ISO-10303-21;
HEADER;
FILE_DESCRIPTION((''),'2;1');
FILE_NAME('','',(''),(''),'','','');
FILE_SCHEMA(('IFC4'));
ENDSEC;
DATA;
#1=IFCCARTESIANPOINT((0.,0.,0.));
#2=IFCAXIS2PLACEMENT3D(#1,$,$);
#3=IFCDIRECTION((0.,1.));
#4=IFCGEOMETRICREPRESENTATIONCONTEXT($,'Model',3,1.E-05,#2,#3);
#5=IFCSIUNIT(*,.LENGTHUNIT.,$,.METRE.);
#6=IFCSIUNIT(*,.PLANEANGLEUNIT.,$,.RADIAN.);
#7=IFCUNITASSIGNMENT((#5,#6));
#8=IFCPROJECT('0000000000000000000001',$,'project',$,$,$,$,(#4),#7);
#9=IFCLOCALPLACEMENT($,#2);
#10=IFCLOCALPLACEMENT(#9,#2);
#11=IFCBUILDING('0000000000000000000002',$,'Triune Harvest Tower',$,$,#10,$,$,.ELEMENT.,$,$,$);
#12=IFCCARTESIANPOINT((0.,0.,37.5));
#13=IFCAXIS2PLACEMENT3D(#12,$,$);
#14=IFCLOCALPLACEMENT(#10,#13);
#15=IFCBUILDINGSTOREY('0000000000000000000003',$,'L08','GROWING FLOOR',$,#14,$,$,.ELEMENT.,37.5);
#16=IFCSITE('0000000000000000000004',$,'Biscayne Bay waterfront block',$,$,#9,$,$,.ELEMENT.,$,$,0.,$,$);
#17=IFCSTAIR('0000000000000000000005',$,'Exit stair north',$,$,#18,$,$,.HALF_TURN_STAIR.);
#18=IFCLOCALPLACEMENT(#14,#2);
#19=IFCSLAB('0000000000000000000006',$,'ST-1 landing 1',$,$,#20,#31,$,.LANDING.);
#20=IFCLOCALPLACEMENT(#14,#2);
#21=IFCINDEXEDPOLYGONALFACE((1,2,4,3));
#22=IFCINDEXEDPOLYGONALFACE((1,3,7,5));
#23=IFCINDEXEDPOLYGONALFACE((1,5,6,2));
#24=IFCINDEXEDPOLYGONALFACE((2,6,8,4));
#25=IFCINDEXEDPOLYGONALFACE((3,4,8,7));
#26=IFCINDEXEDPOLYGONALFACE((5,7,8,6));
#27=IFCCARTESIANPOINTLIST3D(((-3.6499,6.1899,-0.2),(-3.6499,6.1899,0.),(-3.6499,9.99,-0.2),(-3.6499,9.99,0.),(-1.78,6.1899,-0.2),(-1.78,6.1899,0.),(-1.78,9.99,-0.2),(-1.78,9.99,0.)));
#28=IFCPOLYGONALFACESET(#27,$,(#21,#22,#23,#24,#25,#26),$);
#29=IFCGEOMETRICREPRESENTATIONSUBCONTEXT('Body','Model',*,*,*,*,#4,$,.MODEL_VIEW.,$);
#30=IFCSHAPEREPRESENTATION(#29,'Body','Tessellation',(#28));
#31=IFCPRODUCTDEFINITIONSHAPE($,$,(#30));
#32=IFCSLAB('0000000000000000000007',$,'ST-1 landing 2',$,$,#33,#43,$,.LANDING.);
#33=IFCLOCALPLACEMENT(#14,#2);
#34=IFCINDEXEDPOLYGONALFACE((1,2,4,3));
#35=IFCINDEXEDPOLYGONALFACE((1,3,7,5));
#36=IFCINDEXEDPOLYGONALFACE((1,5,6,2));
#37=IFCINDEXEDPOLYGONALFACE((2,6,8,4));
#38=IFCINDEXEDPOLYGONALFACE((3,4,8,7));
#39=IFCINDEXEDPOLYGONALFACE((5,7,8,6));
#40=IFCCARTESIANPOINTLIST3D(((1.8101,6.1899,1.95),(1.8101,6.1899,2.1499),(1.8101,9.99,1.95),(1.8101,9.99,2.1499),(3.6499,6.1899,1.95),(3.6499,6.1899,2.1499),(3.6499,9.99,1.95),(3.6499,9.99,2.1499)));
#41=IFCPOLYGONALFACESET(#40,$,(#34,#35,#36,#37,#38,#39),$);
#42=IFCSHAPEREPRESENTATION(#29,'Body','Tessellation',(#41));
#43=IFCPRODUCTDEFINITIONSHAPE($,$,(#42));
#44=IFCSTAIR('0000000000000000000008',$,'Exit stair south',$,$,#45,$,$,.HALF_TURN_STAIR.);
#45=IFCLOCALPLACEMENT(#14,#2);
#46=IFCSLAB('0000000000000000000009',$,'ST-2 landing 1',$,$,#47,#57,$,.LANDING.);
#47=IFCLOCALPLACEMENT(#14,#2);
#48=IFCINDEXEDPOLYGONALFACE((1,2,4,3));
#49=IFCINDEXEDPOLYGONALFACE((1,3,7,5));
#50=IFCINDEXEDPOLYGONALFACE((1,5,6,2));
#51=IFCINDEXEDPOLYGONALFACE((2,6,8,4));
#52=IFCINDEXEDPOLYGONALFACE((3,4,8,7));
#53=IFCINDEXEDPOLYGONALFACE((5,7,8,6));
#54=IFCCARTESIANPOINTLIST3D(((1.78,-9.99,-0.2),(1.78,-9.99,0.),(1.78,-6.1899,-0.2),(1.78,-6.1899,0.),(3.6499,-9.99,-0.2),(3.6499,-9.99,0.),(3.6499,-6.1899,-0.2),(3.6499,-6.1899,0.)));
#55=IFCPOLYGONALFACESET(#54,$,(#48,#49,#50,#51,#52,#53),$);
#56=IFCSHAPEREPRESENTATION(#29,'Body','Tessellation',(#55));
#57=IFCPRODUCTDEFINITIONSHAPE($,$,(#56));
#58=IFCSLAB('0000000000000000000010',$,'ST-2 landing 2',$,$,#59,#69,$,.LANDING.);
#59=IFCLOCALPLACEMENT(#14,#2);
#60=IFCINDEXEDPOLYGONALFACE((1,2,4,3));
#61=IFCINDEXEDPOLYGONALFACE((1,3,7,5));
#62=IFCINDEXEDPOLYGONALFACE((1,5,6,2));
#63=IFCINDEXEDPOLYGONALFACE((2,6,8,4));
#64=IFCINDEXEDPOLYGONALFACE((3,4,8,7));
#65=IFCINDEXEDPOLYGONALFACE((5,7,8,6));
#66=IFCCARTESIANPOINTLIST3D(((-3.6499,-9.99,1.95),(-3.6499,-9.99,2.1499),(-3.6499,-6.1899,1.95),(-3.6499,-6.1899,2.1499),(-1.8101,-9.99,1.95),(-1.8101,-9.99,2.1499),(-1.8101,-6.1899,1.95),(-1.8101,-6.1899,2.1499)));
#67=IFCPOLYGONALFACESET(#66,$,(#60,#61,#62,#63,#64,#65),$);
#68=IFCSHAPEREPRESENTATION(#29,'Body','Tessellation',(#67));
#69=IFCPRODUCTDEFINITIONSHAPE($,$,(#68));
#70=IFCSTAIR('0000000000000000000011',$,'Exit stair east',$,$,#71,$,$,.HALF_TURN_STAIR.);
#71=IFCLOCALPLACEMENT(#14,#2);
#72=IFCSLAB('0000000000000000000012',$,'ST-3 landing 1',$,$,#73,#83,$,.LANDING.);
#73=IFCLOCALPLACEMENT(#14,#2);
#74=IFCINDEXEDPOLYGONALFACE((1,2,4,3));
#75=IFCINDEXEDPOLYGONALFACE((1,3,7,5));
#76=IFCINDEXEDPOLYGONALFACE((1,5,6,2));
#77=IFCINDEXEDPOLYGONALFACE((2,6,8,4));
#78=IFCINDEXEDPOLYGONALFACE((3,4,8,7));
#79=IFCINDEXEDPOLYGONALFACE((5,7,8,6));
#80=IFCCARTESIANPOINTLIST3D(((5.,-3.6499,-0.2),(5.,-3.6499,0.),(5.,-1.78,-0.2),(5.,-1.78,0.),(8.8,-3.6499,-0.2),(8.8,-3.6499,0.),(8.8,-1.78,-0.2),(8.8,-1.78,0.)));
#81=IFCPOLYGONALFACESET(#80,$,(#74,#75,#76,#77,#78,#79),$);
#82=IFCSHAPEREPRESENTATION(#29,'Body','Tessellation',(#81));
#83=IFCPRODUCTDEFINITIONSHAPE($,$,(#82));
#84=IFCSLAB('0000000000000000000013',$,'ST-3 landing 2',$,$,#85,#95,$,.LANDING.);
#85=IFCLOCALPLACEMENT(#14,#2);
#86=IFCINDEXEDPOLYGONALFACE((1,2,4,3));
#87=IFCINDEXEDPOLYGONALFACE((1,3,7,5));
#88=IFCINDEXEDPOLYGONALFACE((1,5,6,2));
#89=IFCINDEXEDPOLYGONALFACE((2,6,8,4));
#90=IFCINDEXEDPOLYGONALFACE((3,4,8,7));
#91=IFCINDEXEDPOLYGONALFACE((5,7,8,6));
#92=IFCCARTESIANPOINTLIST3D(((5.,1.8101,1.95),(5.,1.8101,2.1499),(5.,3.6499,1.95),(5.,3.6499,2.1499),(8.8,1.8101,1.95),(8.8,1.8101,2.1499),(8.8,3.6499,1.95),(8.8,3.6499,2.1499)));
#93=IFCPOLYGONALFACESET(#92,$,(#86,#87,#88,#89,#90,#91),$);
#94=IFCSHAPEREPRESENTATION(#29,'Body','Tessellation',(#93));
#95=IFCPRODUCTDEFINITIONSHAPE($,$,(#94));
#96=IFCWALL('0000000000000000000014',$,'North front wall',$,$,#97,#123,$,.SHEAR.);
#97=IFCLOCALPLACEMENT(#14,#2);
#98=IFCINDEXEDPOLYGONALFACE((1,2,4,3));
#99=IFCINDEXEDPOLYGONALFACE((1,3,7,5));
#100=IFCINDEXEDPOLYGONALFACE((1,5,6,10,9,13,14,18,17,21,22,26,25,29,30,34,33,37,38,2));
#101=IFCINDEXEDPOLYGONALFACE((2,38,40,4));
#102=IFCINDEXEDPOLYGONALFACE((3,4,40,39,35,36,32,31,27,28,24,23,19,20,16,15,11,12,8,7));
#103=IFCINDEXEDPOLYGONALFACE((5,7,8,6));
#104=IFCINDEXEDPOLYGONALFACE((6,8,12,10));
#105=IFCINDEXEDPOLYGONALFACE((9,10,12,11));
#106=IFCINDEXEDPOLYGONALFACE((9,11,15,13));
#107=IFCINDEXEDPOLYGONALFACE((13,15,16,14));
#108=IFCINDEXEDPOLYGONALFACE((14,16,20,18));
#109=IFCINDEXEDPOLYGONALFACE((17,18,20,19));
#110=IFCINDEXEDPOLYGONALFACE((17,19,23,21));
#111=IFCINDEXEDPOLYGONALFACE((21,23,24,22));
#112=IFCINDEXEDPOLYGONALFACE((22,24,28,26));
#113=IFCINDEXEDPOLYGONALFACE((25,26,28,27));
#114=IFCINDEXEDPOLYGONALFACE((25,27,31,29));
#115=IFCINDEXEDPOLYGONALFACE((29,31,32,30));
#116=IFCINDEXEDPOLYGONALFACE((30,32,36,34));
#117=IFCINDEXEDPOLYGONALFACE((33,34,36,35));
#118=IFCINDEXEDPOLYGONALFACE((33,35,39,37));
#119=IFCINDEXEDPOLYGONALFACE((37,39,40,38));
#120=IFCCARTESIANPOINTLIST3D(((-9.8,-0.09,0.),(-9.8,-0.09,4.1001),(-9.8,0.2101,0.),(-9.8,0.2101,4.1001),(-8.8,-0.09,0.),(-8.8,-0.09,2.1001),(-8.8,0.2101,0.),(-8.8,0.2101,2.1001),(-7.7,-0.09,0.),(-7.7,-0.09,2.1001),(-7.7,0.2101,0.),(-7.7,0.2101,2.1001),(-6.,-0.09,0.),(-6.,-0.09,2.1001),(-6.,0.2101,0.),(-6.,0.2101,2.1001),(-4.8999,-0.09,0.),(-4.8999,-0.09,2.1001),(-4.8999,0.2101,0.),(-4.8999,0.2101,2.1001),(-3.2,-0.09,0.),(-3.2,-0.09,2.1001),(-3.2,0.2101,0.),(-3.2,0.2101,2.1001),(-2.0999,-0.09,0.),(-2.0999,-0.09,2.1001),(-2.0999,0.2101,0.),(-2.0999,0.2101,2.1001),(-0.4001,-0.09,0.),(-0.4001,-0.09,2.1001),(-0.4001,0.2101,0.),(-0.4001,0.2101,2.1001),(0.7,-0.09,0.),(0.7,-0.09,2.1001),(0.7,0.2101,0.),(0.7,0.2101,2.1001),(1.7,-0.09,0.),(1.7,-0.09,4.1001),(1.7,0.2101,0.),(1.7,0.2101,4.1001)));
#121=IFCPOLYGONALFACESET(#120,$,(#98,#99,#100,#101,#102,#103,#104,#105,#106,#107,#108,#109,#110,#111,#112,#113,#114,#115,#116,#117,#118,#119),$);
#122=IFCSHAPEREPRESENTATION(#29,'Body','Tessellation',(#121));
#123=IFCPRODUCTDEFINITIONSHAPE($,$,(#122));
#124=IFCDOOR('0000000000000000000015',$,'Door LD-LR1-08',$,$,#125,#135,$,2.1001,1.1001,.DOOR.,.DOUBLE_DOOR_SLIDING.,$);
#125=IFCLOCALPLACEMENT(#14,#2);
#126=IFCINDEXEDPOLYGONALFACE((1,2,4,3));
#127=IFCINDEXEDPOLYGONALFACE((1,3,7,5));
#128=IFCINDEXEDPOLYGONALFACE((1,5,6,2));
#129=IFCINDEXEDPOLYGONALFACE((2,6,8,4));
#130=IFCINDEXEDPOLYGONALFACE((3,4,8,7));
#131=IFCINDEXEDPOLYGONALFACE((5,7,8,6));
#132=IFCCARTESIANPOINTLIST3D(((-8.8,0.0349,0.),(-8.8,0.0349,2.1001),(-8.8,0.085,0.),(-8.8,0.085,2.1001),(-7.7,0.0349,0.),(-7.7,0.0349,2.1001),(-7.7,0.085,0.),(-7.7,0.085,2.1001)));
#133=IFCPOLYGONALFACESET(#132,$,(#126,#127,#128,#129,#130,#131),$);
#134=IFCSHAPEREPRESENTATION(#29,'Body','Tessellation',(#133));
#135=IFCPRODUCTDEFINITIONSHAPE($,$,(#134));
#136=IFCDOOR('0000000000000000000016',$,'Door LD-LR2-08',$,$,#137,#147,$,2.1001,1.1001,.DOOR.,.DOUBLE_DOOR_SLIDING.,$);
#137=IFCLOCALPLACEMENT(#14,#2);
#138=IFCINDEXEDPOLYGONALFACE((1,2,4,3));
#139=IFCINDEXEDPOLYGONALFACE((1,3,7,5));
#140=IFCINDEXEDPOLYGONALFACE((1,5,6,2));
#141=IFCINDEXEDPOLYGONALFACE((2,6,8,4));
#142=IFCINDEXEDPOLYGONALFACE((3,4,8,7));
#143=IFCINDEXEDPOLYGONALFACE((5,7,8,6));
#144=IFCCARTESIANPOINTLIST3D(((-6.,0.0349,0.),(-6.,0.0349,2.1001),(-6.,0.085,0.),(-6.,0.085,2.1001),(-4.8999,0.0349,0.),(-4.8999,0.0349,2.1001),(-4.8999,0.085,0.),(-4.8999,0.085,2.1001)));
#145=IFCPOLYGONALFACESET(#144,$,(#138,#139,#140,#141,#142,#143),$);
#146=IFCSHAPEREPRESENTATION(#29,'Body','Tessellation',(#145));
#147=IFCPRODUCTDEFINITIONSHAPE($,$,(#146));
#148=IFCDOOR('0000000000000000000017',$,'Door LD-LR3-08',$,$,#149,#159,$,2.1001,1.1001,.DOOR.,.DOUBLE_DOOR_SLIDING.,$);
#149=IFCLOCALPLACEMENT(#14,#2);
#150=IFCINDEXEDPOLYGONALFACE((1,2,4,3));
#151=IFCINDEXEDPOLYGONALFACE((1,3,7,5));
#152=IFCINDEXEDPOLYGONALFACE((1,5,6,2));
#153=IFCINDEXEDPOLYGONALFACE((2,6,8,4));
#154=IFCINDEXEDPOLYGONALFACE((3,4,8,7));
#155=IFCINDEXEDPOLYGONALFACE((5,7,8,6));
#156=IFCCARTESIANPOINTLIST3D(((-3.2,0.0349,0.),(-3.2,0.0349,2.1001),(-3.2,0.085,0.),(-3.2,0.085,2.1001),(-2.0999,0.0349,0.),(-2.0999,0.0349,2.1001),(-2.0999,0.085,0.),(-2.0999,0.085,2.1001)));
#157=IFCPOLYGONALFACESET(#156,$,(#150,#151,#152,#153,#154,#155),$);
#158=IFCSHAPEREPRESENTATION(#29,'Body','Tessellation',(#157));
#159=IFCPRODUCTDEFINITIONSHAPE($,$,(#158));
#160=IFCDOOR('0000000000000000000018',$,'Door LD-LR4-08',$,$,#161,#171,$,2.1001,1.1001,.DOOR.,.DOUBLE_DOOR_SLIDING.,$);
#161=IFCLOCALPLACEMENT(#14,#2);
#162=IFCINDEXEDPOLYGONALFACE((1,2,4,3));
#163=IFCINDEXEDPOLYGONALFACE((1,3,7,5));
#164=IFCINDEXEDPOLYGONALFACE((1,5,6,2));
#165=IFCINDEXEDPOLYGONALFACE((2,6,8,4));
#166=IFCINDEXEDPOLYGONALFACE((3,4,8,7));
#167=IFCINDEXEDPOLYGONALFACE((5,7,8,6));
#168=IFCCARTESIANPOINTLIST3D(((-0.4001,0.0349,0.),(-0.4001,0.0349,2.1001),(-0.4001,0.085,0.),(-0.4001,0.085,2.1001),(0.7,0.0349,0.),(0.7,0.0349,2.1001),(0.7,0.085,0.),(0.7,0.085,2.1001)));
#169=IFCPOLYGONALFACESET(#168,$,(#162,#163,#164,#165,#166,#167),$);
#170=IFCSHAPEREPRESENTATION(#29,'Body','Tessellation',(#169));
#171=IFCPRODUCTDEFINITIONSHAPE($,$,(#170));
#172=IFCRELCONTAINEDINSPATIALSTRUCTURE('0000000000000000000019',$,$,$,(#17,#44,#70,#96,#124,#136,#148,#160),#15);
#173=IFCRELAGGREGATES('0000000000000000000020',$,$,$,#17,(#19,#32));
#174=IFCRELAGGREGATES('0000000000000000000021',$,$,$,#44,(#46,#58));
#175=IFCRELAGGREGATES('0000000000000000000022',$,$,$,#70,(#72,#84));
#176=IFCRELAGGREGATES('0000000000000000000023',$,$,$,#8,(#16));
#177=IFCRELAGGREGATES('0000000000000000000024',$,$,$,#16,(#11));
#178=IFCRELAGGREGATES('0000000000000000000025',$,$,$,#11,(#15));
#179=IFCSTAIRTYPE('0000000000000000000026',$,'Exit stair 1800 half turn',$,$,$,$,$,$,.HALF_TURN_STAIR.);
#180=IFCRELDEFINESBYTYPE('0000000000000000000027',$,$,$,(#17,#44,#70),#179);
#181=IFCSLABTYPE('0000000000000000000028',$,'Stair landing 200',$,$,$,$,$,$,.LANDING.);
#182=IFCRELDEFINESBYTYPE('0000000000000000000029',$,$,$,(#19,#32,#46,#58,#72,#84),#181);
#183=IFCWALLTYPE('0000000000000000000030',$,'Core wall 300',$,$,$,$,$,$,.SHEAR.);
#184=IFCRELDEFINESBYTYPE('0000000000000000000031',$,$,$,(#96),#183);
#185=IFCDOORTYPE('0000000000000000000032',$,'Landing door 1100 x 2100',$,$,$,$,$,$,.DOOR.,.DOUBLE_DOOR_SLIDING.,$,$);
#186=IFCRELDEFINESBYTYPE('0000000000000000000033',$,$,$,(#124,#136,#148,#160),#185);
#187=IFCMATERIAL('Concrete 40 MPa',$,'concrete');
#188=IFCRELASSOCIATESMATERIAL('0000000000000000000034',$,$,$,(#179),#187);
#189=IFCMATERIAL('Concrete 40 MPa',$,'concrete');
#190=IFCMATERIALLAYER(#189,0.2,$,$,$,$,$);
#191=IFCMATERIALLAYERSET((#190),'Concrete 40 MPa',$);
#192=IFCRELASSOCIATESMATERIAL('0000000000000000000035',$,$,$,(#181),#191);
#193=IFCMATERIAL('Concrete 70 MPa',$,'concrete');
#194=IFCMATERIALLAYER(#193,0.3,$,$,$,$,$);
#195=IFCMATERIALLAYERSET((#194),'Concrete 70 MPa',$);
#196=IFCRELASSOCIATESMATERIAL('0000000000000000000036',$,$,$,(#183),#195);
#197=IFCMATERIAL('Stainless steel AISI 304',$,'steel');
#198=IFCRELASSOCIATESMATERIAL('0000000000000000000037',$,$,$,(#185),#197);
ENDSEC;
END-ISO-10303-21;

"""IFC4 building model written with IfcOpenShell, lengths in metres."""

from ifc_helpers import new_model, si_unit, direction, frame, frame_2d, origin, place, context, subcontext, project, spatial, polyline, rectangle, outline, extrude, source, transform, mapped, material, layer, layer_set, type_object, element, fill, aggregate, save


model = new_model("IFC4")

# Units and contexts
model_context = context("Model", 3, precision=1e-05, world=origin(), true_north=direction((0.0, 1.0)))
body_context = subcontext(model_context, "Body", "Model", "MODEL_VIEW")
ifc_project = project(units=[si_unit("LENGTHUNIT", "METRE"), si_unit("PLANEANGLEUNIT", "RADIAN")], contexts=[model_context])

# Site, building, storey
site_placement = place(None, origin())
site = spatial("IfcSite", under=ifc_project, at=site_placement, Name="Biscayne Bay waterfront block", CompositionType="ELEMENT", RefElevation=0.0)
building_placement = place(site_placement, origin())
building = spatial("IfcBuilding", under=site, at=building_placement, Name="Triune Harvest Tower", CompositionType="ELEMENT")
storey_placement = place(building_placement, frame((0.0, 0.0, 37.5)))
storey = spatial("IfcBuildingStorey", under=building, at=storey_placement, Name="L08", Description="GROWING FLOOR", CompositionType="ELEMENT", Elevation=37.5)

# Stairs, slabs
ifc_material_1 = material(Name="Concrete 40 MPa", Category="concrete")
stair_type = type_object("IfcStairType", Name="Exit stair 1800 half turn", PredefinedType="HALF_TURN_STAIR", material=ifc_material_1)
stair_1_placement = place(storey_placement, origin())
stair_1 = element("IfcStair", 1, at=stair_1_placement, inside=storey, type_object=stair_type, Name="Exit stair north", PredefinedType="HALF_TURN_STAIR")
ifc_material_2 = material(Name="Concrete 40 MPa", Category="concrete")
ifc_layer_1 = layer(ifc_material_2, 0.2)
ifc_layer_set_1 = layer_set([ifc_layer_1], Name="Concrete 40 MPa")
slab_type = type_object("IfcSlabType", Name="Stair landing 200", PredefinedType="LANDING", material=ifc_layer_set_1)
shared_shape_1 = source(origin(), body_context, "Body", "SweptSolid", [
    extrude(outline(polyline([(-3.6499, 6.1899), (-1.78, 6.1899), (-1.78, 9.99), (-3.6499, 9.99), (-3.6499, 6.1899)])), origin(), (0.0, 0.0, 1.0), 0.2),
])
slab_1_placement = place(storey_placement, frame((0.0, 0.0, -0.2)))
slab_1 = element("IfcSlab", 2, at=slab_1_placement, type_object=slab_type, Name="ST-1 landing 1", PredefinedType="LANDING", context=body_context, shape_type="MappedRepresentation", body=[
    mapped(shared_shape_1, transform((0.0, 0.0, 0.0), scale=1.0)),
])
shared_shape_2 = source(origin(), body_context, "Body", "SweptSolid", [
    extrude(outline(polyline([(1.8101, 6.1899), (3.6499, 6.1899), (3.6499, 9.99), (1.8101, 9.99), (1.8101, 6.1899)])), origin(), (0.0, 0.0, 1.0), 0.2),
])
slab_2_placement = place(storey_placement, frame((0.0, 0.0, 1.95)))
slab_2 = element("IfcSlab", 3, at=slab_2_placement, type_object=slab_type, Name="ST-1 landing 2", PredefinedType="LANDING", context=body_context, shape_type="MappedRepresentation", body=[
    mapped(shared_shape_2, transform((0.0, 0.0, 0.0), scale=1.0)),
])
aggregate(stair_1, [slab_1, slab_2])
stair_2_placement = place(storey_placement, origin())
stair_2 = element("IfcStair", 4, at=stair_2_placement, inside=storey, type_object=stair_type, Name="Exit stair south", PredefinedType="HALF_TURN_STAIR")
shared_shape_3 = source(origin(), body_context, "Body", "SweptSolid", [
    extrude(outline(polyline([(3.6499, -6.1899), (1.78, -6.1899), (1.78, -9.99), (3.6499, -9.99), (3.6499, -6.1899)])), origin(), (0.0, 0.0, 1.0), 0.2),
])
slab_3_placement = place(storey_placement, frame((0.0, 0.0, -0.2)))
slab_3 = element("IfcSlab", 5, at=slab_3_placement, type_object=slab_type, Name="ST-2 landing 1", PredefinedType="LANDING", context=body_context, shape_type="MappedRepresentation", body=[
    mapped(shared_shape_3, transform((0.0, 0.0, 0.0), scale=1.0)),
])
shared_shape_4 = source(origin(), body_context, "Body", "SweptSolid", [
    extrude(outline(polyline([(-1.8101, -6.1899), (-3.6499, -6.1899), (-3.6499, -9.99), (-1.8101, -9.99), (-1.8101, -6.1899)])), origin(), (0.0, 0.0, 1.0), 0.2),
])
slab_4_placement = place(storey_placement, frame((0.0, 0.0, 1.95)))
slab_4 = element("IfcSlab", 6, at=slab_4_placement, type_object=slab_type, Name="ST-2 landing 2", PredefinedType="LANDING", context=body_context, shape_type="MappedRepresentation", body=[
    mapped(shared_shape_4, transform((0.0, 0.0, 0.0), scale=1.0)),
])
aggregate(stair_2, [slab_3, slab_4])
stair_3_placement = place(storey_placement, origin())
stair_3 = element("IfcStair", 7, at=stair_3_placement, inside=storey, type_object=stair_type, Name="Exit stair east", PredefinedType="HALF_TURN_STAIR")
shared_shape_5 = source(origin(), body_context, "Body", "SweptSolid", [
    extrude(outline(polyline([(8.8, -3.6499), (8.8, -1.78), (5.0, -1.78), (5.0, -3.6499), (8.8, -3.6499)])), origin(), (0.0, 0.0, 1.0), 0.2),
])
slab_5_placement = place(storey_placement, frame((0.0, 0.0, -0.2)))
slab_5 = element("IfcSlab", 8, at=slab_5_placement, type_object=slab_type, Name="ST-3 landing 1", PredefinedType="LANDING", context=body_context, shape_type="MappedRepresentation", body=[
    mapped(shared_shape_5, transform((0.0, 0.0, 0.0), scale=1.0)),
])
shared_shape_6 = source(origin(), body_context, "Body", "SweptSolid", [
    extrude(outline(polyline([(8.8, 1.8101), (8.8, 3.6499), (5.0, 3.6499), (5.0, 1.8101), (8.8, 1.8101)])), origin(), (0.0, 0.0, 1.0), 0.2),
])
slab_6_placement = place(storey_placement, frame((0.0, 0.0, 1.95)))
slab_6 = element("IfcSlab", 9, at=slab_6_placement, type_object=slab_type, Name="ST-3 landing 2", PredefinedType="LANDING", context=body_context, shape_type="MappedRepresentation", body=[
    mapped(shared_shape_6, transform((0.0, 0.0, 0.0), scale=1.0)),
])
aggregate(stair_3, [slab_5, slab_6])

# Wall, openings, doors
ifc_material_3 = material(Name="Concrete 70 MPa", Category="concrete")
ifc_layer_2 = layer(ifc_material_3, 0.3)
ifc_layer_set_2 = layer_set([ifc_layer_2], Name="Concrete 70 MPa")
wall_type = type_object("IfcWallType", Name="Core wall 300", PredefinedType="SHEAR", material=ifc_layer_set_2)
shared_shape_7 = source(origin(), body_context, "Body", "SweptSolid", [
    extrude(rectangle(XDim=11.5, YDim=0.3, at=frame_2d((5.75, 0.0))), origin(), (0.0, 0.0, 1.0), 4.1001),
])
wall_1_placement = place(storey_placement, frame((-9.8, 0.0601, 0.0), z_axis=(0.0, 0.0, 1.0), x_axis=(1.0, 0.0, 0.0)))
wall_1 = element("IfcWall", 10, at=wall_1_placement, inside=storey, type_object=wall_type, Name="North front wall", PredefinedType="SHEAR", context=body_context, shape_type="MappedRepresentation", body=[
    mapped(shared_shape_7, transform((0.0, 0.0, 0.0), scale=1.0)),
])
opening_1_placement = place(wall_1_placement, frame((1.0, 0.0, 0.0)))
opening_1 = element("IfcOpeningElement", 11, at=opening_1_placement, cuts=wall_1, PredefinedType="OPENING", context=body_context, shape_type="SweptSolid", body=[
    extrude(rectangle(XDim=1.1001, YDim=2.1001, at=frame_2d((0.55, 1.05))), frame((0.0, 0.1602, 0.0), z_axis=(0.0, -1.0, 0.0), x_axis=(1.0, 0.0, 0.0)), (0.0, 0.0, 1.0), 0.3201),
])
opening_2_placement = place(wall_1_placement, frame((3.8, 0.0, 0.0)))
opening_2 = element("IfcOpeningElement", 12, at=opening_2_placement, cuts=wall_1, PredefinedType="OPENING", context=body_context, shape_type="SweptSolid", body=[
    extrude(rectangle(XDim=1.1001, YDim=2.1001, at=frame_2d((0.55, 1.05))), frame((0.0, 0.1602, 0.0), z_axis=(0.0, -1.0, 0.0), x_axis=(1.0, 0.0, 0.0)), (0.0, 0.0, 1.0), 0.3201),
])
opening_3_placement = place(wall_1_placement, frame((6.6001, 0.0, 0.0)))
opening_3 = element("IfcOpeningElement", 13, at=opening_3_placement, cuts=wall_1, PredefinedType="OPENING", context=body_context, shape_type="SweptSolid", body=[
    extrude(rectangle(XDim=1.1001, YDim=2.1001, at=frame_2d((0.55, 1.05))), frame((0.0, 0.1602, 0.0), z_axis=(0.0, -1.0, 0.0), x_axis=(1.0, 0.0, 0.0)), (0.0, 0.0, 1.0), 0.3201),
])
opening_4_placement = place(wall_1_placement, frame((9.3999, 0.0, 0.0)))
opening_4 = element("IfcOpeningElement", 14, at=opening_4_placement, cuts=wall_1, PredefinedType="OPENING", context=body_context, shape_type="SweptSolid", body=[
    extrude(rectangle(XDim=1.1001, YDim=2.1001, at=frame_2d((0.55, 1.05))), frame((0.0, 0.1602, 0.0), z_axis=(0.0, -1.0, 0.0), x_axis=(1.0, 0.0, 0.0)), (0.0, 0.0, 1.0), 0.3201),
])
ifc_material_4 = material(Name="Stainless steel AISI 304", Category="steel")
door_type_1 = type_object("IfcDoorType", Name="Landing door 1100 x 2100", OperationType="DOUBLE_DOOR_SLIDING", PredefinedType="DOOR", material=ifc_material_4)
door_1_placement = place(opening_1_placement, origin())
door_1 = element("IfcDoor", 15, at=door_1_placement, inside=storey, type_object=door_type_1, Name="Door LD-LR1-08", OperationType="DOUBLE_DOOR_SLIDING", OverallHeight=2.1001, OverallWidth=1.1001, PredefinedType="DOOR", context=body_context, shape_type="SweptSolid", body=[
    extrude(rectangle(XDim=1.1001, YDim=2.1001, at=frame_2d((0.55, 1.05))), frame((0.0, 0.0249, 0.0), z_axis=(0.0, -1.0, 0.0), x_axis=(1.0, 0.0, 0.0)), (0.0, 0.0, 1.0), 0.05),
])
fill(opening_1, door_1)
door_2_placement = place(opening_2_placement, origin())
door_2 = element("IfcDoor", 16, at=door_2_placement, inside=storey, type_object=door_type_1, Name="Door LD-LR2-08", OperationType="DOUBLE_DOOR_SLIDING", OverallHeight=2.1001, OverallWidth=1.1001, PredefinedType="DOOR", context=body_context, shape_type="SweptSolid", body=[
    extrude(rectangle(XDim=1.1001, YDim=2.1001, at=frame_2d((0.55, 1.05))), frame((0.0, 0.0249, 0.0), z_axis=(0.0, -1.0, 0.0), x_axis=(1.0, 0.0, 0.0)), (0.0, 0.0, 1.0), 0.05),
])
fill(opening_2, door_2)
door_3_placement = place(opening_3_placement, origin())
door_3 = element("IfcDoor", 17, at=door_3_placement, inside=storey, type_object=door_type_1, Name="Door LD-LR3-08", OperationType="DOUBLE_DOOR_SLIDING", OverallHeight=2.1001, OverallWidth=1.1001, PredefinedType="DOOR", context=body_context, shape_type="SweptSolid", body=[
    extrude(rectangle(XDim=1.1001, YDim=2.1001, at=frame_2d((0.55, 1.05))), frame((0.0, 0.0249, 0.0), z_axis=(0.0, -1.0, 0.0), x_axis=(1.0, 0.0, 0.0)), (0.0, 0.0, 1.0), 0.05),
])
fill(opening_3, door_3)
door_4_placement = place(opening_4_placement, origin())
door_4 = element("IfcDoor", 18, at=door_4_placement, inside=storey, type_object=door_type_1, Name="Door LD-LR4-08", OperationType="DOUBLE_DOOR_SLIDING", OverallHeight=2.1001, OverallWidth=1.1001, PredefinedType="DOOR", context=body_context, shape_type="SweptSolid", body=[
    extrude(rectangle(XDim=1.1001, YDim=2.1001, at=frame_2d((0.55, 1.05))), frame((0.0, 0.0249, 0.0), z_axis=(0.0, -1.0, 0.0), x_axis=(1.0, 0.0, 0.0)), (0.0, 0.0, 1.0), 0.05),
])
fill(opening_4, door_4)

save(model, "model.ifc")
